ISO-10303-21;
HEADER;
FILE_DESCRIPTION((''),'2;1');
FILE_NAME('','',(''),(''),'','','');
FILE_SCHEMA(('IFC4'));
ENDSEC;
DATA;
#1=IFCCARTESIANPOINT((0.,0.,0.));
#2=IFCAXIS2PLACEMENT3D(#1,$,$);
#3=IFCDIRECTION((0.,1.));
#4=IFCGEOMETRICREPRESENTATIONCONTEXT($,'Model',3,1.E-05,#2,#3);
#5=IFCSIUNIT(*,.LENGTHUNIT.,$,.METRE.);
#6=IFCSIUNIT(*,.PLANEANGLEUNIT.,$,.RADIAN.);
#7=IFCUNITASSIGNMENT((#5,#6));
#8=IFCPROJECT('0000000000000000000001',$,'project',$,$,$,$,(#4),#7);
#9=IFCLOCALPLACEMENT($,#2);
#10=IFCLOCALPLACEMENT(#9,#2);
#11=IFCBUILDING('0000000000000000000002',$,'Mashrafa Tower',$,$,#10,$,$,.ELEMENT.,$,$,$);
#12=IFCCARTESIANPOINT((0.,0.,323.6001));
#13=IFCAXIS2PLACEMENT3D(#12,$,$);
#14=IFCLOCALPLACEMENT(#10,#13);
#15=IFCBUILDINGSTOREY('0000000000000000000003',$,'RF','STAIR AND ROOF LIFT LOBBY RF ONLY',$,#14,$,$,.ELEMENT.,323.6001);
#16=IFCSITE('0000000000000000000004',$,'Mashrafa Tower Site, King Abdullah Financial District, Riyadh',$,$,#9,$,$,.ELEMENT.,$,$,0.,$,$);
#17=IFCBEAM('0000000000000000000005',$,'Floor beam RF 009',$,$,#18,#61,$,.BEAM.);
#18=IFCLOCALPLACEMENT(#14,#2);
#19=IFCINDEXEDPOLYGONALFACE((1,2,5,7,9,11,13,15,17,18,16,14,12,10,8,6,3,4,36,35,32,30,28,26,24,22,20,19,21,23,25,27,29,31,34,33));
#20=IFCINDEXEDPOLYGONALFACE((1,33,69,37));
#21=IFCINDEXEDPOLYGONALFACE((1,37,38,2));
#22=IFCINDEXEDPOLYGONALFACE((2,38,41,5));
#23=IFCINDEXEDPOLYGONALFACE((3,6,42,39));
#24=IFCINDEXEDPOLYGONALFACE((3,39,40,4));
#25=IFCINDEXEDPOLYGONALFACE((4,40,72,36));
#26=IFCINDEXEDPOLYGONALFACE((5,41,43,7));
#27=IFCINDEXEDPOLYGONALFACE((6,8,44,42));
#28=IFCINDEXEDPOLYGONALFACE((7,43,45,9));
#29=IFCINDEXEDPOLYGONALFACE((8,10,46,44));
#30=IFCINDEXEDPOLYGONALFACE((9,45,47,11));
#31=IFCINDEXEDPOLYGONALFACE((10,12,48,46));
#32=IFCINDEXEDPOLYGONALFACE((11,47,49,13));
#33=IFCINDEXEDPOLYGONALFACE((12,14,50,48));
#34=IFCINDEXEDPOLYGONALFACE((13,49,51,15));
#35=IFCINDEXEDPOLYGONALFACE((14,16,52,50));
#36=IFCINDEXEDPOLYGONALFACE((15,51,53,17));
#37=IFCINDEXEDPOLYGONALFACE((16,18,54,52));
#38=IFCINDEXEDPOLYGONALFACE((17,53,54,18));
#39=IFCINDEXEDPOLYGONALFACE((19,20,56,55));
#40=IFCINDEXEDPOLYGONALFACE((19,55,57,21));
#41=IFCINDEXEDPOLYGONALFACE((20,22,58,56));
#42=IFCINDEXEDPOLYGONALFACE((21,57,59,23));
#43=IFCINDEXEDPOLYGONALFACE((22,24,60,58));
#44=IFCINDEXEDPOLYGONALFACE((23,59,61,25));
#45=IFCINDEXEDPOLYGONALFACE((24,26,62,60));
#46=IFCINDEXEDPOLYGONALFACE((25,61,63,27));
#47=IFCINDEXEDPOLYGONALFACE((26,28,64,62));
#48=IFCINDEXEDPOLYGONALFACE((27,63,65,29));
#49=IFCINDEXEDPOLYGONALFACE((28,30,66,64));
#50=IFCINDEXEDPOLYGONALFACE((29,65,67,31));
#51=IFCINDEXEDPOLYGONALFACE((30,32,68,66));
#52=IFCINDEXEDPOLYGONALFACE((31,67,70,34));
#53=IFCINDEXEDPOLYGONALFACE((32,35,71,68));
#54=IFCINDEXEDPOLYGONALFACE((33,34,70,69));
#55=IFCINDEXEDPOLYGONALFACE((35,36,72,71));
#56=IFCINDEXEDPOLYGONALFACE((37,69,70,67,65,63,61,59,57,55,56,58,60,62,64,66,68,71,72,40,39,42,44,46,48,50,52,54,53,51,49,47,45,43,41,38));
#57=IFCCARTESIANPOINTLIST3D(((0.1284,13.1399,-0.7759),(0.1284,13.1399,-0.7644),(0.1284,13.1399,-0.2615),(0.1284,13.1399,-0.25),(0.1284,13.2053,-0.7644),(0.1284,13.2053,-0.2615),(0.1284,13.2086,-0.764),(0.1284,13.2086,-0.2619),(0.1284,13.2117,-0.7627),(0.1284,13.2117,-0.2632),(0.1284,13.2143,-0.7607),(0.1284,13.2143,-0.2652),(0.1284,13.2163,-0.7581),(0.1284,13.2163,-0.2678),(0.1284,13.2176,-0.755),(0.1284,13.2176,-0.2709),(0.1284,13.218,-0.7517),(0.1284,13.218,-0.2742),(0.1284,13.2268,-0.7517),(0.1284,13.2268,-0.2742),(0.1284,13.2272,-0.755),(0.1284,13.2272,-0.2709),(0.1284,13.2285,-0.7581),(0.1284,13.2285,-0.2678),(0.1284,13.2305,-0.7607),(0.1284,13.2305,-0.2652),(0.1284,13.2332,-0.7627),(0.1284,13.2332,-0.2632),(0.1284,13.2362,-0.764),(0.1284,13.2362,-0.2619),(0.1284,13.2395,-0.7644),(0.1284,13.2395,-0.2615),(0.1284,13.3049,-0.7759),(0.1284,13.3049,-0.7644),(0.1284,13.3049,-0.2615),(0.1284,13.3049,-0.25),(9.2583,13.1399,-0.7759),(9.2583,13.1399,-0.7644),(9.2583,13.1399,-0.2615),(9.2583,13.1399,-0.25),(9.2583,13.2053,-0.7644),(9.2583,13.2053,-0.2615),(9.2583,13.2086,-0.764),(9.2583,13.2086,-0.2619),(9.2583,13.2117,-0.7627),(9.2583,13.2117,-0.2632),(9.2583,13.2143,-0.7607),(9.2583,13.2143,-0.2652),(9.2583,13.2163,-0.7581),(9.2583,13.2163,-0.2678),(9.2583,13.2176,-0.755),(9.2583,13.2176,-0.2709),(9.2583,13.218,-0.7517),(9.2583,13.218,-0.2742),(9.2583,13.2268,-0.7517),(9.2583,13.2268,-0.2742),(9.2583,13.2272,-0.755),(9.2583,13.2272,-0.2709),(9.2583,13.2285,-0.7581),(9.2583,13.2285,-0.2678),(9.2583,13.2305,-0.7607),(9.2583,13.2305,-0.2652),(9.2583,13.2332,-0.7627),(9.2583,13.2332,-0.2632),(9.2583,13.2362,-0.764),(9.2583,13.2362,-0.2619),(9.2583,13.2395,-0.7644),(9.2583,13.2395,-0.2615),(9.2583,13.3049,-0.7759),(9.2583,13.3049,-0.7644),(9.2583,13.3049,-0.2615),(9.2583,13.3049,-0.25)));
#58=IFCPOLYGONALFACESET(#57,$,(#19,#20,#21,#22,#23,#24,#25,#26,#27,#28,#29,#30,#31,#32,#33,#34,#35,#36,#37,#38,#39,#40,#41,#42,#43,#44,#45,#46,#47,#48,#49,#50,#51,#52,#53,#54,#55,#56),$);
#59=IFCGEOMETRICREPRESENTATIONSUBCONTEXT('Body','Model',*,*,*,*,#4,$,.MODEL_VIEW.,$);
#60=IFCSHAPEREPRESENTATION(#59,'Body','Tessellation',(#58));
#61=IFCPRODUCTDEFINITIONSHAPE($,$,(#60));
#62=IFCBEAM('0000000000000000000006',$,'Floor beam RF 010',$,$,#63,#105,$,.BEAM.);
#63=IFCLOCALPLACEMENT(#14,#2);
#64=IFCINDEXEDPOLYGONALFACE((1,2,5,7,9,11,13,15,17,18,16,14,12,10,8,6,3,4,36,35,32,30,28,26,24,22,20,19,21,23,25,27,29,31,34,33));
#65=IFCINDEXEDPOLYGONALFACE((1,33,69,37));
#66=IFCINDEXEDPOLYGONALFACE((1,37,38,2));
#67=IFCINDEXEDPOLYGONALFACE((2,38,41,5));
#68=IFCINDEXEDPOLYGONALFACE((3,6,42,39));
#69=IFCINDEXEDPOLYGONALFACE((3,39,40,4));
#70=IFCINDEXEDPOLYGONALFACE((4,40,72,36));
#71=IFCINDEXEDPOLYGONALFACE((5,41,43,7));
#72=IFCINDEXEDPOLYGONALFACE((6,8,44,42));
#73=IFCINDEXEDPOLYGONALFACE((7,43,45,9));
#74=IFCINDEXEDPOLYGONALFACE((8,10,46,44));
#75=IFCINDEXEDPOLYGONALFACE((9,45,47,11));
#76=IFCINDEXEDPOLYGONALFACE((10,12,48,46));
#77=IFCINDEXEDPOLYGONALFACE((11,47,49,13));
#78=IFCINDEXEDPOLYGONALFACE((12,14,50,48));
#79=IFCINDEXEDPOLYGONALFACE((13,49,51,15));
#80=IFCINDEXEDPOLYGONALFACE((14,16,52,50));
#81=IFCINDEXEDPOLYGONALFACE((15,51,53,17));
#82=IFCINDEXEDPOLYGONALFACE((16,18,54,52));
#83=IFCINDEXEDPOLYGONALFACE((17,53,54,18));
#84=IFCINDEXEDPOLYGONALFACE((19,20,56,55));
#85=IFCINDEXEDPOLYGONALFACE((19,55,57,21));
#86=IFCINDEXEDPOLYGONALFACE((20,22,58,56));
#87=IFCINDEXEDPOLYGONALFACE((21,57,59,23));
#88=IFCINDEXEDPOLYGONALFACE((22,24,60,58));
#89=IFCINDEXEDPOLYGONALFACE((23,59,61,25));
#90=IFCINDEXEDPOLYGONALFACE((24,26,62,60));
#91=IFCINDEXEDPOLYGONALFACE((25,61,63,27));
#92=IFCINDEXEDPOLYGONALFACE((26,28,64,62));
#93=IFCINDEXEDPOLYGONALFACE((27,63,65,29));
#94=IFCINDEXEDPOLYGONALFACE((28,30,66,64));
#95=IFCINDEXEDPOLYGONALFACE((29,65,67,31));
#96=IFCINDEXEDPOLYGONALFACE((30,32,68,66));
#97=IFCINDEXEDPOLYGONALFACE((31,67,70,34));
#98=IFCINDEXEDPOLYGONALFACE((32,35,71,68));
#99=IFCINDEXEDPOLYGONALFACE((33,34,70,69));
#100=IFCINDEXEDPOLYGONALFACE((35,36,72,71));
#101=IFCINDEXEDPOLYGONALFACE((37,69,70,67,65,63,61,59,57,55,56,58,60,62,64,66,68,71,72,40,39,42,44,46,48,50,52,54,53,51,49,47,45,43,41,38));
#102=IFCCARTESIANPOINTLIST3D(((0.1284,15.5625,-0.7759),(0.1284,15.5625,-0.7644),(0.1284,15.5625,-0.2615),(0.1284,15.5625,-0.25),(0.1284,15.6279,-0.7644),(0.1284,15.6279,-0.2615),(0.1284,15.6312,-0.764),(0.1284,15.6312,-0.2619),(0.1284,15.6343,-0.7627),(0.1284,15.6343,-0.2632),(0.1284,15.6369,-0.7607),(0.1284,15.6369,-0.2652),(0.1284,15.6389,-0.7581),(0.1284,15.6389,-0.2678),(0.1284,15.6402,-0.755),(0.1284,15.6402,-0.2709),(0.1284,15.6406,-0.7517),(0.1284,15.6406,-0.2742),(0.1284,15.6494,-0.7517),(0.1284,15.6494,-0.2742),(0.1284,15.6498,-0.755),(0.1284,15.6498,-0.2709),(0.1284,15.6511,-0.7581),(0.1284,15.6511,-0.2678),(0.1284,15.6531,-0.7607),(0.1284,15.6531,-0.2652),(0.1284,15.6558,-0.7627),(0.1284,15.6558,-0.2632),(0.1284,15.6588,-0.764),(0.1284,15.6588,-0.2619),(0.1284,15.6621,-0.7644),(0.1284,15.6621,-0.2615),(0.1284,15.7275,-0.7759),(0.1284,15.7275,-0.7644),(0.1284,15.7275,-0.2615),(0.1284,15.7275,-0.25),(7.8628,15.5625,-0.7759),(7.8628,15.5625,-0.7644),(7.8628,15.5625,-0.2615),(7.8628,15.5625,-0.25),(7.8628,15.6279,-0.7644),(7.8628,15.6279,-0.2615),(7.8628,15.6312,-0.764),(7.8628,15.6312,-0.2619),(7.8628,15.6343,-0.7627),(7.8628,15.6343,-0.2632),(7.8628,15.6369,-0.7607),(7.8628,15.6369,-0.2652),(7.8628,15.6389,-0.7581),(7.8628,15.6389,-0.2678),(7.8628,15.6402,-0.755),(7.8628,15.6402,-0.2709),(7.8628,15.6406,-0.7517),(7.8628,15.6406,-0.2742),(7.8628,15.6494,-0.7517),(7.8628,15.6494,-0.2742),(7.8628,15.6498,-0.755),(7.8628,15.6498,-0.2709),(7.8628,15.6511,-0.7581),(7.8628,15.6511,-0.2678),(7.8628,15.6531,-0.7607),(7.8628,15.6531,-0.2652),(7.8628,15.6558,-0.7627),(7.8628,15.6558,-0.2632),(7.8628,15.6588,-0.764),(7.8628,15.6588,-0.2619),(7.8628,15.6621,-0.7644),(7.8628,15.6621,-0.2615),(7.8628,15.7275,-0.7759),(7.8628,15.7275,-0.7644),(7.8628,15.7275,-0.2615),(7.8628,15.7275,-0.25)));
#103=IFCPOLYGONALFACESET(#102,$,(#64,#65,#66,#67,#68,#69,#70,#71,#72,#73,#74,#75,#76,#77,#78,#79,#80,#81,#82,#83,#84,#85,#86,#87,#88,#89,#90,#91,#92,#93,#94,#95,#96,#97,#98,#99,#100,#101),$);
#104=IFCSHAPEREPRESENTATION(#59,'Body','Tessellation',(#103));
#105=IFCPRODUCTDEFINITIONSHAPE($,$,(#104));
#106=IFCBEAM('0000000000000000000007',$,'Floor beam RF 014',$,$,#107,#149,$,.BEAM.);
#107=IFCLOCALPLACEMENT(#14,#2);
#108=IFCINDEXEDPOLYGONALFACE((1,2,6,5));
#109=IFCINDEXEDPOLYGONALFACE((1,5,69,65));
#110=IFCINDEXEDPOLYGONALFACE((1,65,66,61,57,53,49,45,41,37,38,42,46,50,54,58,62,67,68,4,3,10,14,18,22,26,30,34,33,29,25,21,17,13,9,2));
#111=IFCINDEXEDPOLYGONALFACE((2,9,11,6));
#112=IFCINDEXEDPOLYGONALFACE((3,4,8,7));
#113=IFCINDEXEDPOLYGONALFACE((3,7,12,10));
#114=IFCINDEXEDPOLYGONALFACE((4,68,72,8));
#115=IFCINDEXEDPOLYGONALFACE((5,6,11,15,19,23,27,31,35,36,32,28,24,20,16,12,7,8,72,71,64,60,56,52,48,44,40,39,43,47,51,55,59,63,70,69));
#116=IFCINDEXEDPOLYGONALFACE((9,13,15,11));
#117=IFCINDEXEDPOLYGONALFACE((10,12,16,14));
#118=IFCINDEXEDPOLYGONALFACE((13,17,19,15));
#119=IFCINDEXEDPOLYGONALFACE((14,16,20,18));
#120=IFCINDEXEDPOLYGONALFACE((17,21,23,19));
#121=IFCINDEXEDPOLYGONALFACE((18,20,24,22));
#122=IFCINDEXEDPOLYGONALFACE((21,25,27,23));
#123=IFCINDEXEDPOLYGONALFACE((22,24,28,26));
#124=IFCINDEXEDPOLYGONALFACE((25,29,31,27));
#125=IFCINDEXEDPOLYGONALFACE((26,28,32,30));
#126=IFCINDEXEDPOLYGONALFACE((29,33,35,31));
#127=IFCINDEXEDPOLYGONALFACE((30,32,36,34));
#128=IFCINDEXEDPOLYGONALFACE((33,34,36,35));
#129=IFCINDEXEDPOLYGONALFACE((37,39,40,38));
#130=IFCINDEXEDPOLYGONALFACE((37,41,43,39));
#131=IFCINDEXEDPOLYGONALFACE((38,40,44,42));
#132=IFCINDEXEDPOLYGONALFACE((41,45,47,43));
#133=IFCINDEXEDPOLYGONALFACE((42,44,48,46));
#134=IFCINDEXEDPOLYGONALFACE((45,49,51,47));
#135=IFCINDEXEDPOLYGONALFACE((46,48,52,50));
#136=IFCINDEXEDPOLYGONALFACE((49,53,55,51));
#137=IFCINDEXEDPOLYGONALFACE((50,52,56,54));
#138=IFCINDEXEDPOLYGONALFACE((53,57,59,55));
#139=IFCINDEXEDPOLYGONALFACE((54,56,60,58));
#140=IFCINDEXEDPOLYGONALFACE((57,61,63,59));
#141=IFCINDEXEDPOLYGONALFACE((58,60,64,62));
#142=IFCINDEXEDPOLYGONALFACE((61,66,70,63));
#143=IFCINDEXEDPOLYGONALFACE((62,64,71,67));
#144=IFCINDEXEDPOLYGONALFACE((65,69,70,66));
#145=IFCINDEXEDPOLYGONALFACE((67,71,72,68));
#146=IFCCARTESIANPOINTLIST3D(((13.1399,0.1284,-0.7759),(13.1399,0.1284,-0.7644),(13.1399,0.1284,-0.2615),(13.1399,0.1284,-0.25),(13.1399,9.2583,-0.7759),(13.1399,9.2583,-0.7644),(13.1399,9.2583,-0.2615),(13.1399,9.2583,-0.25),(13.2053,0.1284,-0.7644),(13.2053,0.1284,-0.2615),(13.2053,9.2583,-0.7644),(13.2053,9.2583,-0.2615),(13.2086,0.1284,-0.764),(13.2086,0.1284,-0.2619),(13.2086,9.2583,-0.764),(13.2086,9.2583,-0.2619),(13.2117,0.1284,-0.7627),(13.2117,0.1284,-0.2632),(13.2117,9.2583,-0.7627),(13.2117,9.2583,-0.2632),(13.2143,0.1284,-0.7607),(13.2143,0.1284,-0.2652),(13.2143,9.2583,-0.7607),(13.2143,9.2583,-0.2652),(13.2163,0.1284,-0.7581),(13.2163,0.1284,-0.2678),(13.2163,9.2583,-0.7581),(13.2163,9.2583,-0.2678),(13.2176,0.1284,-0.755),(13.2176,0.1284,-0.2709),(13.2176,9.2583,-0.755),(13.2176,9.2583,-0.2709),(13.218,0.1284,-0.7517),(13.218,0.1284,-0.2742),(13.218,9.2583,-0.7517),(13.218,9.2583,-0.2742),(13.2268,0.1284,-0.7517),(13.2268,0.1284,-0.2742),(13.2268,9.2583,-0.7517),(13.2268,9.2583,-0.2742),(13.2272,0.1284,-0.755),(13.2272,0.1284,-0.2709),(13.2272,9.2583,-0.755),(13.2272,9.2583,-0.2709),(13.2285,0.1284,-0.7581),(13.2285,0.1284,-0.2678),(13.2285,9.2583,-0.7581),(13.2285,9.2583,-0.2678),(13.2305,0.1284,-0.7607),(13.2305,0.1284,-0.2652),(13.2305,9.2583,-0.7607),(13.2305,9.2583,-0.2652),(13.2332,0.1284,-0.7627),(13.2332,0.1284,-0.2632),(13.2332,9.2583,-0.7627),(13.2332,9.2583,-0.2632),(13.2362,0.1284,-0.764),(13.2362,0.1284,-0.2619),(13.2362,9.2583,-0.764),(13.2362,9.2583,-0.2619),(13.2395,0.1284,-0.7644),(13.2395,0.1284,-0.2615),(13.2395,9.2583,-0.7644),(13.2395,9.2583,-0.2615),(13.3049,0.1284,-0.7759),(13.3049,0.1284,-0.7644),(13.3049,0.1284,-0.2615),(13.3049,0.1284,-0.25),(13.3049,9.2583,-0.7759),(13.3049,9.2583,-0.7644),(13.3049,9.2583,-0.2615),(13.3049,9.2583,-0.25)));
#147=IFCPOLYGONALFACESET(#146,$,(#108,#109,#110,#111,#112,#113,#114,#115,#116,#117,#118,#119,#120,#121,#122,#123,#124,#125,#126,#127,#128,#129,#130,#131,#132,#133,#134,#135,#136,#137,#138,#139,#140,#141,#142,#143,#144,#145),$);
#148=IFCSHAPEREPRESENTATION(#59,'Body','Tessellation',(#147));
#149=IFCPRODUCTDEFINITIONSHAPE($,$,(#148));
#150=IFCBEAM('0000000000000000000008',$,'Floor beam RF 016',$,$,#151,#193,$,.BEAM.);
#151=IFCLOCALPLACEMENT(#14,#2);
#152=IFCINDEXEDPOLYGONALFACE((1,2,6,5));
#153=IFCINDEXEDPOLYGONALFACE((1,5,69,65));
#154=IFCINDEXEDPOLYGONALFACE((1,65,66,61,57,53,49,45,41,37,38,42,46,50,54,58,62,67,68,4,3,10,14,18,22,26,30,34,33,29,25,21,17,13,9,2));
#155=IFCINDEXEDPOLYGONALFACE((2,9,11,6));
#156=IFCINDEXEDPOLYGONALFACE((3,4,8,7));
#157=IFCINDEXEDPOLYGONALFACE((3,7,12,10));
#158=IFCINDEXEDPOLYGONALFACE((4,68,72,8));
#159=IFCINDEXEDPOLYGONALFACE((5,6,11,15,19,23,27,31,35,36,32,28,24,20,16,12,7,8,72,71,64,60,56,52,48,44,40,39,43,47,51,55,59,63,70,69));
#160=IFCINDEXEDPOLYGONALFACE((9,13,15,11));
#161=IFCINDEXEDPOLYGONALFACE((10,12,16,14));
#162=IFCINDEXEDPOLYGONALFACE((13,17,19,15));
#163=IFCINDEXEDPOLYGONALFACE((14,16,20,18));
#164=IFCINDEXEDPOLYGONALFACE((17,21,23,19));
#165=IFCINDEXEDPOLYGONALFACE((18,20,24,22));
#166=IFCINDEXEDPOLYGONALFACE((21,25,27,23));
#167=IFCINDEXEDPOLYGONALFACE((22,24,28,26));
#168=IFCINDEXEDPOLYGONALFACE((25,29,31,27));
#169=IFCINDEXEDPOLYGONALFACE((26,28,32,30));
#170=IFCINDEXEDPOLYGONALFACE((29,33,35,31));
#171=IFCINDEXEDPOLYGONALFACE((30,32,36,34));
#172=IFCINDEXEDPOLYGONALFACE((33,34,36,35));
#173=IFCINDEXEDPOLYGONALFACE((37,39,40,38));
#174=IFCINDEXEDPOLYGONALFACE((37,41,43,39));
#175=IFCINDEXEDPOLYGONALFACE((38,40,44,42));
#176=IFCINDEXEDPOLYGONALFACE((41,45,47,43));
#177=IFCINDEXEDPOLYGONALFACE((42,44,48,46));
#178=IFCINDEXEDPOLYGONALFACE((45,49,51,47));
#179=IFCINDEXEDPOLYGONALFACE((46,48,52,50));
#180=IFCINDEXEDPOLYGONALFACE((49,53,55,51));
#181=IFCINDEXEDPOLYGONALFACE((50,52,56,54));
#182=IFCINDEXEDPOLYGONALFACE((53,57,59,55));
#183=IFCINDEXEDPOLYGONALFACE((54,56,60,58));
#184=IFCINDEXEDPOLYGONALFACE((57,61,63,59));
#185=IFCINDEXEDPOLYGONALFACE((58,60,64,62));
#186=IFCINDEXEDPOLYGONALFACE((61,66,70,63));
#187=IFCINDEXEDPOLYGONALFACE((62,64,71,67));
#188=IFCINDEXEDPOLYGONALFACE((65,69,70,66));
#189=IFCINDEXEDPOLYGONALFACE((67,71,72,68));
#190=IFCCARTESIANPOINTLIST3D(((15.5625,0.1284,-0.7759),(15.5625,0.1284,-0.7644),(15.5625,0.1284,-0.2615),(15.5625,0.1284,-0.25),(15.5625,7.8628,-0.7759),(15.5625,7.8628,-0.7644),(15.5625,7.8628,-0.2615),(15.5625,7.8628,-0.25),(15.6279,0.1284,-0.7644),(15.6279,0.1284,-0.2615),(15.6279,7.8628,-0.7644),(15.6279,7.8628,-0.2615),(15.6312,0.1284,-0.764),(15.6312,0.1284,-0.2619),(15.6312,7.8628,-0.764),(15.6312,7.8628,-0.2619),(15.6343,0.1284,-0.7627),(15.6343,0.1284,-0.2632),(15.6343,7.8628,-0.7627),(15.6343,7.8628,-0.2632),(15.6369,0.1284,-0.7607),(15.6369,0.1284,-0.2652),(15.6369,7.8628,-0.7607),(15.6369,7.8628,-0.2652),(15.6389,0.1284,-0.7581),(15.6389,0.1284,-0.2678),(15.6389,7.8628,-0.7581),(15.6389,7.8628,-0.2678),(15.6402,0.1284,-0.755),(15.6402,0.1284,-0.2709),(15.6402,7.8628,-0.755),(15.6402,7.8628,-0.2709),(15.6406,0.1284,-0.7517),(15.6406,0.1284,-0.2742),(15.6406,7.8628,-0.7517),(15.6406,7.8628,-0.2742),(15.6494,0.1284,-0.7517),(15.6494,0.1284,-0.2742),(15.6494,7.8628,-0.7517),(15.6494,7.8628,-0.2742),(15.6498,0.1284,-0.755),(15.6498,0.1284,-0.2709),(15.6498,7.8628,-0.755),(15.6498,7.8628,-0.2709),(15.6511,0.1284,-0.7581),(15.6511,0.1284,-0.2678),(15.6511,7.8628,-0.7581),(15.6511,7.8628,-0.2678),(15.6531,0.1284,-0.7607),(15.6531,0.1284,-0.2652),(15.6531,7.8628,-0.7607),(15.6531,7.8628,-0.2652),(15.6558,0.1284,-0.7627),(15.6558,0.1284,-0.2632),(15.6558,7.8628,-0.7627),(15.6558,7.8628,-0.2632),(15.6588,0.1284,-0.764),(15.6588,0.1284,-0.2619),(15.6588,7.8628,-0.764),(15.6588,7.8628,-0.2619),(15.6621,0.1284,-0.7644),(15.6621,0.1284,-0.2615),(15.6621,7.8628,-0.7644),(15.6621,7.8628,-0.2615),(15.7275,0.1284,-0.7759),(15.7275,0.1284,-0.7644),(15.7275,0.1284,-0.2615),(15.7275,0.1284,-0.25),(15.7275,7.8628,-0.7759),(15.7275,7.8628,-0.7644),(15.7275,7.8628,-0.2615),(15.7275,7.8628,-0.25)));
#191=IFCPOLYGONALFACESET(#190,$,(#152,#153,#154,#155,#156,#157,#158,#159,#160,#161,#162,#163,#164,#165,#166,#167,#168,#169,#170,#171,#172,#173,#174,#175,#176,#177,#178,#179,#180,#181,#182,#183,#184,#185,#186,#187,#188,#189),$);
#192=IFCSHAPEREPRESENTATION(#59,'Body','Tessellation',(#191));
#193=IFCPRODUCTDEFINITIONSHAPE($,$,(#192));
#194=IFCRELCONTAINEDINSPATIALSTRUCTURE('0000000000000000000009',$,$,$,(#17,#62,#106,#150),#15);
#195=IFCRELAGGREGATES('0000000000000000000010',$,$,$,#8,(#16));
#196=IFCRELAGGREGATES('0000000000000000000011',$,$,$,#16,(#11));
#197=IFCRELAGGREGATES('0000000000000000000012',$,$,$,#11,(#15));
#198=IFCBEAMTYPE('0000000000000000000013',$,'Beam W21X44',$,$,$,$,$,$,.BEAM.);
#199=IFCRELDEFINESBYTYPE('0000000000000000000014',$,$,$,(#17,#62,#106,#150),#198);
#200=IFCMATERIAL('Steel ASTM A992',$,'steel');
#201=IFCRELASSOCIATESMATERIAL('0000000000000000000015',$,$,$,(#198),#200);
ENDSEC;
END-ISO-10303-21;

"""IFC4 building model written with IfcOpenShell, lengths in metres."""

from ifc_helpers import new_model, si_unit, direction, frame, origin, origin_2d, place, context, subcontext, project, spatial, i_section, extrude, material, material_profile, profile_set, type_object, element, save


model = new_model("IFC4")

# Units and contexts
model_context = context("Model", 3, precision=1e-05, world=origin(), true_north=direction((0.0, 1.0)))
body_context = subcontext(model_context, "Body", "Model", "MODEL_VIEW")
ifc_project = project(units=[si_unit("LENGTHUNIT", "METRE"), si_unit("PLANEANGLEUNIT", "RADIAN")], contexts=[model_context])

# Site, building, storey
site_placement = place(None, origin())
site = spatial("IfcSite", under=ifc_project, at=site_placement, Name="Mashrafa Tower Site, King Abdullah Financial District, Riyadh", CompositionType="ELEMENT", RefElevation=0.0)
building_placement = place(site_placement, origin())
building = spatial("IfcBuilding", under=site, at=building_placement, Name="Mashrafa Tower", CompositionType="ELEMENT")
storey_placement = place(building_placement, frame((0.0, 0.0, 323.6001)))
storey = spatial("IfcBuildingStorey", under=building, at=storey_placement, Name="RF", Description="STAIR AND ROOF LIFT LOBBY RF ONLY", CompositionType="ELEMENT", Elevation=323.6001)

# Beams
ifc_material_1 = material(Name="Steel ASTM A992", Category="steel")
ifc_material_profile_1 = material_profile(ifc_material_1, i_section(OverallWidth=0.165, OverallDepth=0.5259, WebThickness=0.0088, FlangeThickness=0.0115, FilletRadius=0.0127, at=origin_2d()), Name="W21X44")
ifc_profile_set_1 = profile_set([ifc_material_profile_1], Name="Steel ASTM A992")
beam_type_1 = type_object("IfcBeamType", Name="Beam W21X44", PredefinedType="BEAM", material=ifc_profile_set_1)
beam_1_placement = place(storey_placement, frame((0.1284, 13.2224, -0.5129), z_axis=(1.0, 0.0, 0.0), x_axis=(0.0, 1.0, 0.0)))
element("IfcBeam", 1, at=beam_1_placement, inside=storey, type_object=beam_type_1, Name="Floor beam RF 009", PredefinedType="BEAM", context=body_context, shape_type="SweptSolid", body=[
    extrude(i_section(OverallWidth=0.165, OverallDepth=0.5259, WebThickness=0.0088, FlangeThickness=0.0115, FilletRadius=0.0127, at=origin_2d()), origin(), (0.0, 0.0, 1.0), 9.1299),
])
beam_2_placement = place(storey_placement, frame((0.1284, 15.645, -0.5129), z_axis=(1.0, 0.0, 0.0), x_axis=(0.0, 1.0, 0.0)))
element("IfcBeam", 2, at=beam_2_placement, inside=storey, type_object=beam_type_1, Name="Floor beam RF 010", PredefinedType="BEAM", context=body_context, shape_type="SweptSolid", body=[
    extrude(i_section(OverallWidth=0.165, OverallDepth=0.5259, WebThickness=0.0088, FlangeThickness=0.0115, FilletRadius=0.0127, at=origin_2d()), origin(), (0.0, 0.0, 1.0), 7.7344),
])
beam_3_placement = place(storey_placement, frame((13.2224, 9.2583, -0.5129), z_axis=(0.0, -1.0, 0.0), x_axis=(1.0, 0.0, 0.0)))
element("IfcBeam", 3, at=beam_3_placement, inside=storey, type_object=beam_type_1, Name="Floor beam RF 014", PredefinedType="BEAM", context=body_context, shape_type="SweptSolid", body=[
    extrude(i_section(OverallWidth=0.165, OverallDepth=0.5259, WebThickness=0.0088, FlangeThickness=0.0115, FilletRadius=0.0127, at=origin_2d()), origin(), (0.0, 0.0, 1.0), 9.1299),
])
beam_4_placement = place(storey_placement, frame((15.645, 7.8628, -0.5129), z_axis=(0.0, -1.0, 0.0), x_axis=(1.0, 0.0, 0.0)))
element("IfcBeam", 4, at=beam_4_placement, inside=storey, type_object=beam_type_1, Name="Floor beam RF 016", PredefinedType="BEAM", context=body_context, shape_type="SweptSolid", body=[
    extrude(i_section(OverallWidth=0.165, OverallDepth=0.5259, WebThickness=0.0088, FlangeThickness=0.0115, FilletRadius=0.0127, at=origin_2d()), origin(), (0.0, 0.0, 1.0), 7.7344),
])

save(model, "model.ifc")
